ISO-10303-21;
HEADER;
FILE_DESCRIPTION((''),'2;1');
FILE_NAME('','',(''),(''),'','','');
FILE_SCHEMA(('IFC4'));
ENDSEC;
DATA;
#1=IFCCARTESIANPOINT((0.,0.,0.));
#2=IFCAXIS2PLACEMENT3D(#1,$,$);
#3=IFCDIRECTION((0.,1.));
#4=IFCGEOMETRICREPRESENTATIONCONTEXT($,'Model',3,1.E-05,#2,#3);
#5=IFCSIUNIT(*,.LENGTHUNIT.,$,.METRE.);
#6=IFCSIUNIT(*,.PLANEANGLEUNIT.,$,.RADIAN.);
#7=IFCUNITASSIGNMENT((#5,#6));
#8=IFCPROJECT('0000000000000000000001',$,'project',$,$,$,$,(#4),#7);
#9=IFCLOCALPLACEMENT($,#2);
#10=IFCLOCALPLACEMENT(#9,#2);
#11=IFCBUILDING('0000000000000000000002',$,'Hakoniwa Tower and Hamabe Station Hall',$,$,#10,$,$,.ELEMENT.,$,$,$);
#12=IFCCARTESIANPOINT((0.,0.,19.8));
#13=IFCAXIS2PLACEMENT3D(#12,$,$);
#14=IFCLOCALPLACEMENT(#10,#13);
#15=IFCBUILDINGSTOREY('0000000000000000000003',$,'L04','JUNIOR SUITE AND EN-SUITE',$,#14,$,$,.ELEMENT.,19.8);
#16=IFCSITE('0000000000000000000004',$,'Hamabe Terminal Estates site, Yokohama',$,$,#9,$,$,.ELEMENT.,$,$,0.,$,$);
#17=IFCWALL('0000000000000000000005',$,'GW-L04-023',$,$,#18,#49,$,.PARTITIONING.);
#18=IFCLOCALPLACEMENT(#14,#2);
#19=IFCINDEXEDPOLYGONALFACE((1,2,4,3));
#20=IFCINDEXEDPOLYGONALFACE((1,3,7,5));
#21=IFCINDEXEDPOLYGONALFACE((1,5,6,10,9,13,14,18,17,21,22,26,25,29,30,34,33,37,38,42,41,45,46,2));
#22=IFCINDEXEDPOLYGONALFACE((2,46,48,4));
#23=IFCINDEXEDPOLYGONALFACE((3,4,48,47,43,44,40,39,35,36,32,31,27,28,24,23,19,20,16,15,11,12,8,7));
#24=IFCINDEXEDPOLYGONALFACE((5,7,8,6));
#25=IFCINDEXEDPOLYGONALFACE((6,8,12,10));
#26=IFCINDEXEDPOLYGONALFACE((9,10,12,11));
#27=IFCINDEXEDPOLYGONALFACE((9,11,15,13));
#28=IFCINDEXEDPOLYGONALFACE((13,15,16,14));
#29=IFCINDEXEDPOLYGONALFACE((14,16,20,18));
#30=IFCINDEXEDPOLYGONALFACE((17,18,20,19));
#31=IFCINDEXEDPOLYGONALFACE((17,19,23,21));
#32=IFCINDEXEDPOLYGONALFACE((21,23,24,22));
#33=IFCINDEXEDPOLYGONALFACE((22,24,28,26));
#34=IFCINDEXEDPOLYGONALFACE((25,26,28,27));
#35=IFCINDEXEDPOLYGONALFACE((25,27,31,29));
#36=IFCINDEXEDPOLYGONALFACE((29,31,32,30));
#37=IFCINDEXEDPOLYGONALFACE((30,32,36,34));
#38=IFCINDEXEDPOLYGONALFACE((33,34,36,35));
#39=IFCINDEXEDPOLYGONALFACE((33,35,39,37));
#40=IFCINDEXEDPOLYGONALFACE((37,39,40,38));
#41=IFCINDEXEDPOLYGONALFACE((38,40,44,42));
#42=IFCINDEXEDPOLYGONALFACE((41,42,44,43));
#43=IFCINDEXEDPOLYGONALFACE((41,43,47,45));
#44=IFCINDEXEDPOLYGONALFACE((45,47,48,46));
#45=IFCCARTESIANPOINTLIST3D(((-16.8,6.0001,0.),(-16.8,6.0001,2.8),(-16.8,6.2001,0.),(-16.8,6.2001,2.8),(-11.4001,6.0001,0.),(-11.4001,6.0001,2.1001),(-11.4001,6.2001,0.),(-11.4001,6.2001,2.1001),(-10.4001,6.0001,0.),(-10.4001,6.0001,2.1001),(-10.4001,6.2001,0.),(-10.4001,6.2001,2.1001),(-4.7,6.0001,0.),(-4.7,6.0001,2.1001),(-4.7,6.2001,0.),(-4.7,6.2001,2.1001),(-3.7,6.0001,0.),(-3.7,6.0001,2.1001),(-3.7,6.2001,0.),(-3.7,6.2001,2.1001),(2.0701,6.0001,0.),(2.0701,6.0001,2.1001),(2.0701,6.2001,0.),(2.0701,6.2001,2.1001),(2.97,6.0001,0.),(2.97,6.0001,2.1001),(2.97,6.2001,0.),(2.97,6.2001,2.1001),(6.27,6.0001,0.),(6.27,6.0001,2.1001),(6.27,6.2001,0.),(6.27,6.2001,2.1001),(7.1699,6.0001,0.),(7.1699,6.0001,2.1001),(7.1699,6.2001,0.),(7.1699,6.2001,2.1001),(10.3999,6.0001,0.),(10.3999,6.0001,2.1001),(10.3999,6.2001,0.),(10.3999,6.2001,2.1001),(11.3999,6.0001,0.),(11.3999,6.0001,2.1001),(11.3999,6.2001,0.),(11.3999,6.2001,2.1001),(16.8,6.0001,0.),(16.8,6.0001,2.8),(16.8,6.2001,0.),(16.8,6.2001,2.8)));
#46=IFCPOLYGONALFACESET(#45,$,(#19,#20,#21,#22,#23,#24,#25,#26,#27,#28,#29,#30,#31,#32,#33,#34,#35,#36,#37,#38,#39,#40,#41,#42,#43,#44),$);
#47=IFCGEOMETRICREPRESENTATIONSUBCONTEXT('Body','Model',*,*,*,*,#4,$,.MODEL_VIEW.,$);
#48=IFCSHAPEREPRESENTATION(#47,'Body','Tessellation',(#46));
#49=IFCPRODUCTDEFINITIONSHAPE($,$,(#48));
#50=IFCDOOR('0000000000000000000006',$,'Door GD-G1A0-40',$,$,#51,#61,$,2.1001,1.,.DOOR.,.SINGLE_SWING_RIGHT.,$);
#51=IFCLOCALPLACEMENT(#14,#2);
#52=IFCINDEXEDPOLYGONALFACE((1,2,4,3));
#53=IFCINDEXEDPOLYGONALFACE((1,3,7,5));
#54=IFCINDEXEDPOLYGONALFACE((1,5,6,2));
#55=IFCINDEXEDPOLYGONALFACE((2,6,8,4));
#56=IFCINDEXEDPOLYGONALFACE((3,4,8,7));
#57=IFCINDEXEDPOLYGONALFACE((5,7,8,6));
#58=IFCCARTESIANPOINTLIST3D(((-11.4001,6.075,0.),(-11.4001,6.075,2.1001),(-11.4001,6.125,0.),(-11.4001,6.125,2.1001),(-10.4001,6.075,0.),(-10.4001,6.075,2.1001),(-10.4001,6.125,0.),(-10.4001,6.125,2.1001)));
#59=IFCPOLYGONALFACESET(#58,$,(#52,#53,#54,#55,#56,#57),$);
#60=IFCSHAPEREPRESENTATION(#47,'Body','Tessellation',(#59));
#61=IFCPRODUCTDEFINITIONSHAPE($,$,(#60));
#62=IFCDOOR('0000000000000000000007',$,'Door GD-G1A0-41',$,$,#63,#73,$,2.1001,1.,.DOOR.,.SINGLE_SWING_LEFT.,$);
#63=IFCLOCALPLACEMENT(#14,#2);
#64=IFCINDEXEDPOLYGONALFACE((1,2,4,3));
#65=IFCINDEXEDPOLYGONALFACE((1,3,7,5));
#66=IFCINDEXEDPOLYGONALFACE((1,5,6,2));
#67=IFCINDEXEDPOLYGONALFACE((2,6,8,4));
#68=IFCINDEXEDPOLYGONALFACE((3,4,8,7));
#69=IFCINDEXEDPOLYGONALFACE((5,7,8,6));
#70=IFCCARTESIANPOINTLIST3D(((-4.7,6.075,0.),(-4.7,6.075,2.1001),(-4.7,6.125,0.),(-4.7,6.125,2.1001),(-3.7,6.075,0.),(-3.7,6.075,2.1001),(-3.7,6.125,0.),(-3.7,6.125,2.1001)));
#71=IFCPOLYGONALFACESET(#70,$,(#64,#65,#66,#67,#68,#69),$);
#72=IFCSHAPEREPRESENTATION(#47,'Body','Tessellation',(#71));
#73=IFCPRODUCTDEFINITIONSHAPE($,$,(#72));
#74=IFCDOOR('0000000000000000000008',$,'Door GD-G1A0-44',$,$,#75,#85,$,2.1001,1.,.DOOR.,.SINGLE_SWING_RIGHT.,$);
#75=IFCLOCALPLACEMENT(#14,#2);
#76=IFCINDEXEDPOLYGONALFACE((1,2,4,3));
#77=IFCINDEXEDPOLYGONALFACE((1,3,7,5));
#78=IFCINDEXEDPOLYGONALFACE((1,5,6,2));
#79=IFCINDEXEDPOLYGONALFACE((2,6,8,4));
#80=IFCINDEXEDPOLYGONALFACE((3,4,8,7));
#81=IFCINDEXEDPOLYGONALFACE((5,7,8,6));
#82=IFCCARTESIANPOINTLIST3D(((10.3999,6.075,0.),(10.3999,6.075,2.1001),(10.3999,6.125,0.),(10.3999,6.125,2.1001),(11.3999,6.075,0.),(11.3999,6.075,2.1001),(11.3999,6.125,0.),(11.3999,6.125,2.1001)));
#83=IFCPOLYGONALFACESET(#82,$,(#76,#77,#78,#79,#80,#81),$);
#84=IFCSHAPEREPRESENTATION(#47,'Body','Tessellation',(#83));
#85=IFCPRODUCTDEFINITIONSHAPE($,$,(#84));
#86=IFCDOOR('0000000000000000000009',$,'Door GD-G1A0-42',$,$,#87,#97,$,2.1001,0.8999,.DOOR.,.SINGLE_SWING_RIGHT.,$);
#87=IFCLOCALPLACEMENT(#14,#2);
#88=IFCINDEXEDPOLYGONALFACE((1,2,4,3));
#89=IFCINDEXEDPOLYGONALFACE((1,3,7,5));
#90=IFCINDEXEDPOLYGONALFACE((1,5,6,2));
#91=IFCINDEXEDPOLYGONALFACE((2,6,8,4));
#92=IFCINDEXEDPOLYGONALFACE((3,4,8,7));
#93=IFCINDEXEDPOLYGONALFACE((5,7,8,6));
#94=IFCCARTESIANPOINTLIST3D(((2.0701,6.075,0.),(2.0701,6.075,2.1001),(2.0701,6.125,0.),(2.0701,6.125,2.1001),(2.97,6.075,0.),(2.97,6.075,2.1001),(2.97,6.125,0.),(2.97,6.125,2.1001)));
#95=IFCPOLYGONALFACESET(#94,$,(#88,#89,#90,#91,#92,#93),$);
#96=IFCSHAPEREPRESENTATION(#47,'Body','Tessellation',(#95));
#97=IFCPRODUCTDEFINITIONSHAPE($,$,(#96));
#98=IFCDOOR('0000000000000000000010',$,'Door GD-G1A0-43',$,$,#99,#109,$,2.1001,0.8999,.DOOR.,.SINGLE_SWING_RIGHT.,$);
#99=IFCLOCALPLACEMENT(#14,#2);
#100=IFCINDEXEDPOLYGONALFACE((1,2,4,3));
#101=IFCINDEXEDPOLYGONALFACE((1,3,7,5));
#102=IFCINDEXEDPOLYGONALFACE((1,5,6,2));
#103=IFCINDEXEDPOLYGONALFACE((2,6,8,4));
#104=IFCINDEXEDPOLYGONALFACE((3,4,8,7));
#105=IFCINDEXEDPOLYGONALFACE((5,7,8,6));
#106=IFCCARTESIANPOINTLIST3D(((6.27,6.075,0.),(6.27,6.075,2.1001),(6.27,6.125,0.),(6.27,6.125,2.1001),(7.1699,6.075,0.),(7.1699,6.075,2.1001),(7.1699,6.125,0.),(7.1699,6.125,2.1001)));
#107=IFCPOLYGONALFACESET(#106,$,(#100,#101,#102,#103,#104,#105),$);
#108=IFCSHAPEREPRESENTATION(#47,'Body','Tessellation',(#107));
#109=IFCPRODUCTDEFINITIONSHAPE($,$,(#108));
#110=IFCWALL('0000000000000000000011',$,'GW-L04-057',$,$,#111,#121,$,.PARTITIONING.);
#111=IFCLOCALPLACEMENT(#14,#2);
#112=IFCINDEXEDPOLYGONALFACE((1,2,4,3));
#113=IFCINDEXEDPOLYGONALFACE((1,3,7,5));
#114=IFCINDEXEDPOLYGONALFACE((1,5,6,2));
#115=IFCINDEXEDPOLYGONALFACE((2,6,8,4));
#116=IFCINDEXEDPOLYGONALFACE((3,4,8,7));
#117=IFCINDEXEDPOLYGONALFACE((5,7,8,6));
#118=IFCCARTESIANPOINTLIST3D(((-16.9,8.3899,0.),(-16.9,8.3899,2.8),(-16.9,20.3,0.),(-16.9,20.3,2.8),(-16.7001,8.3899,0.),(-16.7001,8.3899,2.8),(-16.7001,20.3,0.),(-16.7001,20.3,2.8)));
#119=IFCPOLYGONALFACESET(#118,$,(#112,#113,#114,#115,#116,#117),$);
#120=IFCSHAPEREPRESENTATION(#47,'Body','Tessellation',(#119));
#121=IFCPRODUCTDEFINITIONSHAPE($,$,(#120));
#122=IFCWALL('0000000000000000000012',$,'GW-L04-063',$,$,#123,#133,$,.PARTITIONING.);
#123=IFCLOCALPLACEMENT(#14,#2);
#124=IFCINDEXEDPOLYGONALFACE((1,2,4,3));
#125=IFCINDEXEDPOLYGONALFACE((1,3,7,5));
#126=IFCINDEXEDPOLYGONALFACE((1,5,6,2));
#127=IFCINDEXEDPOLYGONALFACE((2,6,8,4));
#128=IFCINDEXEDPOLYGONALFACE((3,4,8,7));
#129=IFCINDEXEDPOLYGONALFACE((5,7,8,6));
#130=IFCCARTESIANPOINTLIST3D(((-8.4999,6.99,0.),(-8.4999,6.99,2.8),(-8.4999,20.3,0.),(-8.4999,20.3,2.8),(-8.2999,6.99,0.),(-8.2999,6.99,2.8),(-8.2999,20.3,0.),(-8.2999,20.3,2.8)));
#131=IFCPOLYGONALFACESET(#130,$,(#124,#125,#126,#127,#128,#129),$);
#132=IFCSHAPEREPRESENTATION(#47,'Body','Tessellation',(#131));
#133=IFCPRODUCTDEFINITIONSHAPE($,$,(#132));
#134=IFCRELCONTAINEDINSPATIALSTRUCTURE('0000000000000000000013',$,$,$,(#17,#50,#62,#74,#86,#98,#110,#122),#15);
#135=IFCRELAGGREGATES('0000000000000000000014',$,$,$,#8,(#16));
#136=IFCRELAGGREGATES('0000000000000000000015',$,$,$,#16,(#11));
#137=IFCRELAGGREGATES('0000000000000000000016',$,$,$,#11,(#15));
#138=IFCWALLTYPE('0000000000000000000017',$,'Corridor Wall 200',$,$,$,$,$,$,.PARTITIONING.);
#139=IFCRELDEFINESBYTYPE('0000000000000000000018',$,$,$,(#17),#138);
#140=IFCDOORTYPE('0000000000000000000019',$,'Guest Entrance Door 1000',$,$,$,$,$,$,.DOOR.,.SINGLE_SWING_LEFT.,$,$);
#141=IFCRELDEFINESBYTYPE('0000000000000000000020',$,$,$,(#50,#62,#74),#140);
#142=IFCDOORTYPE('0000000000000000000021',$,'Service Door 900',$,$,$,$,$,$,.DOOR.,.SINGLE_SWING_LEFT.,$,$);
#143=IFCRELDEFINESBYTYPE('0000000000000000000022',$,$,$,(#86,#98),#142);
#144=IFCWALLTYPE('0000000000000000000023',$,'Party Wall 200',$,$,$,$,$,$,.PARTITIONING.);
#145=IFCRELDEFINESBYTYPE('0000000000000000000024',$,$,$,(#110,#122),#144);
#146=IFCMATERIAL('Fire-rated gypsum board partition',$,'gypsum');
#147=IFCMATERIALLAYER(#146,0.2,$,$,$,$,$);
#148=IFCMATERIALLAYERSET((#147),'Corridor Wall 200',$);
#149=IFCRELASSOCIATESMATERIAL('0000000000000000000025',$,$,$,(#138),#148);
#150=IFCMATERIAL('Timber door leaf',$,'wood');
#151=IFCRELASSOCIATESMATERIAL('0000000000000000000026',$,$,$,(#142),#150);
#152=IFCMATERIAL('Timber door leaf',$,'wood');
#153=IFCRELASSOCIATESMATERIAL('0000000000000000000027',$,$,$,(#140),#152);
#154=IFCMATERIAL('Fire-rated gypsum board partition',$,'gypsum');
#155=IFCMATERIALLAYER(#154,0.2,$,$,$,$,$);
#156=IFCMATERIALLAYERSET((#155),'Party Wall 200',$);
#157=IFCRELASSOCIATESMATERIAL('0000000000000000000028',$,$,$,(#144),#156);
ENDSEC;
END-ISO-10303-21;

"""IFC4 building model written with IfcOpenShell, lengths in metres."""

from ifc_helpers import new_model, si_unit, direction, frame, frame_2d, origin, place, context, subcontext, project, spatial, rectangle, extrude, material, layer, layer_set, type_object, element, fill, save


model = new_model("IFC4")

# Units and contexts
model_context = context("Model", 3, precision=1e-05, world=origin(), true_north=direction((0.0, 1.0)))
body_context = subcontext(model_context, "Body", "Model", "MODEL_VIEW")
ifc_project = project(units=[si_unit("LENGTHUNIT", "METRE"), si_unit("PLANEANGLEUNIT", "RADIAN")], contexts=[model_context])

# Site, building, storey
site_placement = place(None, origin())
site = spatial("IfcSite", under=ifc_project, at=site_placement, Name="Hamabe Terminal Estates site, Yokohama", CompositionType="ELEMENT", RefElevation=0.0)
building_placement = place(site_placement, origin())
building = spatial("IfcBuilding", under=site, at=building_placement, Name="Hakoniwa Tower and Hamabe Station Hall", CompositionType="ELEMENT")
storey_placement = place(building_placement, frame((0.0, 0.0, 19.8)))
storey = spatial("IfcBuildingStorey", under=building, at=storey_placement, Name="L04", Description="JUNIOR SUITE AND EN-SUITE", CompositionType="ELEMENT", Elevation=19.8)

# Wall, openings, doors
ifc_material_1 = material(Name="Fire-rated gypsum board partition", Category="gypsum")
ifc_layer_1 = layer(ifc_material_1, 0.2)
ifc_layer_set_1 = layer_set([ifc_layer_1], Name="Corridor Wall 200")
wall_type_1 = type_object("IfcWallType", Name="Corridor Wall 200", PredefinedType="PARTITIONING", material=ifc_layer_set_1)
ifc_material_2 = material(Name="Timber door leaf", Category="wood")
door_type_1 = type_object("IfcDoorType", Name="Service Door 900", OperationType="SINGLE_SWING_LEFT", PredefinedType="DOOR", material=ifc_material_2)
wall_1_placement = place(storey_placement, frame((-16.8, 6.1001, 0.0), z_axis=(0.0, 0.0, 1.0), x_axis=(1.0, 0.0, 0.0)))
wall_1 = element("IfcWall", 1, at=wall_1_placement, inside=storey, type_object=wall_type_1, Name="GW-L04-023", PredefinedType="PARTITIONING", context=body_context, shape_type="SweptSolid", body=[
    extrude(rectangle(XDim=33.6001, YDim=0.2, at=frame_2d((16.8, 0.0))), origin(), (0.0, 0.0, 1.0), 2.8),
])
opening_1_placement = place(wall_1_placement, frame((5.3999, 0.0, 0.0)))
opening_1 = element("IfcOpeningElement", 2, at=opening_1_placement, cuts=wall_1, PredefinedType="OPENING", context=body_context, shape_type="SweptSolid", body=[
    extrude(rectangle(XDim=1.0, YDim=2.1001, at=frame_2d((0.5, 1.05))), frame((0.0, 0.1099, 0.0), z_axis=(0.0, -1.0, 0.0), x_axis=(1.0, 0.0, 0.0)), (0.0, 0.0, 1.0), 0.22),
])
opening_2_placement = place(wall_1_placement, frame((12.1001, 0.0, 0.0)))
opening_2 = element("IfcOpeningElement", 3, at=opening_2_placement, cuts=wall_1, PredefinedType="OPENING", context=body_context, shape_type="SweptSolid", body=[
    extrude(rectangle(XDim=1.0, YDim=2.1001, at=frame_2d((0.5, 1.05))), frame((0.0, 0.1099, 0.0), z_axis=(0.0, -1.0, 0.0), x_axis=(1.0, 0.0, 0.0)), (0.0, 0.0, 1.0), 0.22),
])
opening_3_placement = place(wall_1_placement, frame((18.8701, 0.0, 0.0)))
opening_3 = element("IfcOpeningElement", 4, at=opening_3_placement, cuts=wall_1, PredefinedType="OPENING", context=body_context, shape_type="SweptSolid", body=[
    extrude(rectangle(XDim=0.8999, YDim=2.1001, at=frame_2d((0.45, 1.05))), frame((0.0, 0.1099, 0.0), z_axis=(0.0, -1.0, 0.0), x_axis=(1.0, 0.0, 0.0)), (0.0, 0.0, 1.0), 0.22),
])
opening_4_placement = place(wall_1_placement, frame((23.0701, 0.0, 0.0)))
opening_4 = element("IfcOpeningElement", 5, at=opening_4_placement, cuts=wall_1, PredefinedType="OPENING", context=body_context, shape_type="SweptSolid", body=[
    extrude(rectangle(XDim=0.8999, YDim=2.1001, at=frame_2d((0.45, 1.05))), frame((0.0, 0.1099, 0.0), z_axis=(0.0, -1.0, 0.0), x_axis=(1.0, 0.0, 0.0)), (0.0, 0.0, 1.0), 0.22),
])
opening_5_placement = place(wall_1_placement, frame((27.2, 0.0, 0.0)))
opening_5 = element("IfcOpeningElement", 6, at=opening_5_placement, cuts=wall_1, PredefinedType="OPENING", context=body_context, shape_type="SweptSolid", body=[
    extrude(rectangle(XDim=1.0, YDim=2.1001, at=frame_2d((0.5, 1.05))), frame((0.0, 0.1099, 0.0), z_axis=(0.0, -1.0, 0.0), x_axis=(1.0, 0.0, 0.0)), (0.0, 0.0, 1.0), 0.22),
])
ifc_material_3 = material(Name="Timber door leaf", Category="wood")
door_type_2 = type_object("IfcDoorType", Name="Guest Entrance Door 1000", OperationType="SINGLE_SWING_LEFT", PredefinedType="DOOR", material=ifc_material_3)
door_1_placement = place(opening_1_placement, origin())
door_1 = element("IfcDoor", 7, at=door_1_placement, inside=storey, type_object=door_type_2, Name="Door GD-G1A0-40", OperationType="SINGLE_SWING_RIGHT", OverallHeight=2.1001, OverallWidth=1.0, PredefinedType="DOOR", context=body_context, shape_type="SweptSolid", body=[
    extrude(rectangle(XDim=1.0, YDim=2.1001, at=frame_2d((0.5, 1.05))), frame((0.0, 0.0249, 0.0), z_axis=(0.0, -1.0, 0.0), x_axis=(1.0, 0.0, 0.0)), (0.0, 0.0, 1.0), 0.05),
])
fill(opening_1, door_1)
door_2_placement = place(opening_2_placement, origin())
door_2 = element("IfcDoor", 8, at=door_2_placement, inside=storey, type_object=door_type_2, Name="Door GD-G1A0-41", OperationType="SINGLE_SWING_LEFT", OverallHeight=2.1001, OverallWidth=1.0, PredefinedType="DOOR", context=body_context, shape_type="SweptSolid", body=[
    extrude(rectangle(XDim=1.0, YDim=2.1001, at=frame_2d((0.5, 1.05))), frame((0.0, 0.0249, 0.0), z_axis=(0.0, -1.0, 0.0), x_axis=(1.0, 0.0, 0.0)), (0.0, 0.0, 1.0), 0.05),
])
fill(opening_2, door_2)
door_3_placement = place(opening_5_placement, origin())
door_3 = element("IfcDoor", 9, at=door_3_placement, inside=storey, type_object=door_type_2, Name="Door GD-G1A0-44", OperationType="SINGLE_SWING_RIGHT", OverallHeight=2.1001, OverallWidth=1.0, PredefinedType="DOOR", context=body_context, shape_type="SweptSolid", body=[
    extrude(rectangle(XDim=1.0, YDim=2.1001, at=frame_2d((0.5, 1.05))), frame((0.0, 0.0249, 0.0), z_axis=(0.0, -1.0, 0.0), x_axis=(1.0, 0.0, 0.0)), (0.0, 0.0, 1.0), 0.05),
])
fill(opening_5, door_3)
door_4_placement = place(opening_3_placement, origin())
door_4 = element("IfcDoor", 10, at=door_4_placement, inside=storey, type_object=door_type_1, Name="Door GD-G1A0-42", OperationType="SINGLE_SWING_RIGHT", OverallHeight=2.1001, OverallWidth=0.8999, PredefinedType="DOOR", context=body_context, shape_type="SweptSolid", body=[
    extrude(rectangle(XDim=0.8999, YDim=2.1001, at=frame_2d((0.45, 1.05))), frame((0.0, 0.0249, 0.0), z_axis=(0.0, -1.0, 0.0), x_axis=(1.0, 0.0, 0.0)), (0.0, 0.0, 1.0), 0.05),
])
fill(opening_3, door_4)
door_5_placement = place(opening_4_placement, origin())
door_5 = element("IfcDoor", 11, at=door_5_placement, inside=storey, type_object=door_type_1, Name="Door GD-G1A0-43", OperationType="SINGLE_SWING_RIGHT", OverallHeight=2.1001, OverallWidth=0.8999, PredefinedType="DOOR", context=body_context, shape_type="SweptSolid", body=[
    extrude(rectangle(XDim=0.8999, YDim=2.1001, at=frame_2d((0.45, 1.05))), frame((0.0, 0.0249, 0.0), z_axis=(0.0, -1.0, 0.0), x_axis=(1.0, 0.0, 0.0)), (0.0, 0.0, 1.0), 0.05),
])
fill(opening_4, door_5)

# Walls
ifc_material_4 = material(Name="Fire-rated gypsum board partition", Category="gypsum")
ifc_layer_2 = layer(ifc_material_4, 0.2)
ifc_layer_set_2 = layer_set([ifc_layer_2], Name="Party Wall 200")
wall_type_2 = type_object("IfcWallType", Name="Party Wall 200", PredefinedType="PARTITIONING", material=ifc_layer_set_2)
wall_2_placement = place(storey_placement, frame((-16.8, 8.3899, 0.0), z_axis=(0.0, 0.0, 1.0), x_axis=(0.0, 1.0, 0.0)))
element("IfcWall", 12, at=wall_2_placement, inside=storey, type_object=wall_type_2, Name="GW-L04-057", PredefinedType="PARTITIONING", context=body_context, shape_type="SweptSolid", body=[
    extrude(rectangle(XDim=11.9102, YDim=0.2, at=frame_2d((5.9551, 0.0))), origin(), (0.0, 0.0, 1.0), 2.8),
])
wall_3_placement = place(storey_placement, frame((-8.3999, 6.99, 0.0), z_axis=(0.0, 0.0, 1.0), x_axis=(0.0, 1.0, 0.0)))
element("IfcWall", 13, at=wall_3_placement, inside=storey, type_object=wall_type_2, Name="GW-L04-063", PredefinedType="PARTITIONING", context=body_context, shape_type="SweptSolid", body=[
    extrude(rectangle(XDim=13.3101, YDim=0.2, at=frame_2d((6.655, 0.0))), origin(), (0.0, 0.0, 1.0), 2.8),
])

save(model, "model.ifc")
